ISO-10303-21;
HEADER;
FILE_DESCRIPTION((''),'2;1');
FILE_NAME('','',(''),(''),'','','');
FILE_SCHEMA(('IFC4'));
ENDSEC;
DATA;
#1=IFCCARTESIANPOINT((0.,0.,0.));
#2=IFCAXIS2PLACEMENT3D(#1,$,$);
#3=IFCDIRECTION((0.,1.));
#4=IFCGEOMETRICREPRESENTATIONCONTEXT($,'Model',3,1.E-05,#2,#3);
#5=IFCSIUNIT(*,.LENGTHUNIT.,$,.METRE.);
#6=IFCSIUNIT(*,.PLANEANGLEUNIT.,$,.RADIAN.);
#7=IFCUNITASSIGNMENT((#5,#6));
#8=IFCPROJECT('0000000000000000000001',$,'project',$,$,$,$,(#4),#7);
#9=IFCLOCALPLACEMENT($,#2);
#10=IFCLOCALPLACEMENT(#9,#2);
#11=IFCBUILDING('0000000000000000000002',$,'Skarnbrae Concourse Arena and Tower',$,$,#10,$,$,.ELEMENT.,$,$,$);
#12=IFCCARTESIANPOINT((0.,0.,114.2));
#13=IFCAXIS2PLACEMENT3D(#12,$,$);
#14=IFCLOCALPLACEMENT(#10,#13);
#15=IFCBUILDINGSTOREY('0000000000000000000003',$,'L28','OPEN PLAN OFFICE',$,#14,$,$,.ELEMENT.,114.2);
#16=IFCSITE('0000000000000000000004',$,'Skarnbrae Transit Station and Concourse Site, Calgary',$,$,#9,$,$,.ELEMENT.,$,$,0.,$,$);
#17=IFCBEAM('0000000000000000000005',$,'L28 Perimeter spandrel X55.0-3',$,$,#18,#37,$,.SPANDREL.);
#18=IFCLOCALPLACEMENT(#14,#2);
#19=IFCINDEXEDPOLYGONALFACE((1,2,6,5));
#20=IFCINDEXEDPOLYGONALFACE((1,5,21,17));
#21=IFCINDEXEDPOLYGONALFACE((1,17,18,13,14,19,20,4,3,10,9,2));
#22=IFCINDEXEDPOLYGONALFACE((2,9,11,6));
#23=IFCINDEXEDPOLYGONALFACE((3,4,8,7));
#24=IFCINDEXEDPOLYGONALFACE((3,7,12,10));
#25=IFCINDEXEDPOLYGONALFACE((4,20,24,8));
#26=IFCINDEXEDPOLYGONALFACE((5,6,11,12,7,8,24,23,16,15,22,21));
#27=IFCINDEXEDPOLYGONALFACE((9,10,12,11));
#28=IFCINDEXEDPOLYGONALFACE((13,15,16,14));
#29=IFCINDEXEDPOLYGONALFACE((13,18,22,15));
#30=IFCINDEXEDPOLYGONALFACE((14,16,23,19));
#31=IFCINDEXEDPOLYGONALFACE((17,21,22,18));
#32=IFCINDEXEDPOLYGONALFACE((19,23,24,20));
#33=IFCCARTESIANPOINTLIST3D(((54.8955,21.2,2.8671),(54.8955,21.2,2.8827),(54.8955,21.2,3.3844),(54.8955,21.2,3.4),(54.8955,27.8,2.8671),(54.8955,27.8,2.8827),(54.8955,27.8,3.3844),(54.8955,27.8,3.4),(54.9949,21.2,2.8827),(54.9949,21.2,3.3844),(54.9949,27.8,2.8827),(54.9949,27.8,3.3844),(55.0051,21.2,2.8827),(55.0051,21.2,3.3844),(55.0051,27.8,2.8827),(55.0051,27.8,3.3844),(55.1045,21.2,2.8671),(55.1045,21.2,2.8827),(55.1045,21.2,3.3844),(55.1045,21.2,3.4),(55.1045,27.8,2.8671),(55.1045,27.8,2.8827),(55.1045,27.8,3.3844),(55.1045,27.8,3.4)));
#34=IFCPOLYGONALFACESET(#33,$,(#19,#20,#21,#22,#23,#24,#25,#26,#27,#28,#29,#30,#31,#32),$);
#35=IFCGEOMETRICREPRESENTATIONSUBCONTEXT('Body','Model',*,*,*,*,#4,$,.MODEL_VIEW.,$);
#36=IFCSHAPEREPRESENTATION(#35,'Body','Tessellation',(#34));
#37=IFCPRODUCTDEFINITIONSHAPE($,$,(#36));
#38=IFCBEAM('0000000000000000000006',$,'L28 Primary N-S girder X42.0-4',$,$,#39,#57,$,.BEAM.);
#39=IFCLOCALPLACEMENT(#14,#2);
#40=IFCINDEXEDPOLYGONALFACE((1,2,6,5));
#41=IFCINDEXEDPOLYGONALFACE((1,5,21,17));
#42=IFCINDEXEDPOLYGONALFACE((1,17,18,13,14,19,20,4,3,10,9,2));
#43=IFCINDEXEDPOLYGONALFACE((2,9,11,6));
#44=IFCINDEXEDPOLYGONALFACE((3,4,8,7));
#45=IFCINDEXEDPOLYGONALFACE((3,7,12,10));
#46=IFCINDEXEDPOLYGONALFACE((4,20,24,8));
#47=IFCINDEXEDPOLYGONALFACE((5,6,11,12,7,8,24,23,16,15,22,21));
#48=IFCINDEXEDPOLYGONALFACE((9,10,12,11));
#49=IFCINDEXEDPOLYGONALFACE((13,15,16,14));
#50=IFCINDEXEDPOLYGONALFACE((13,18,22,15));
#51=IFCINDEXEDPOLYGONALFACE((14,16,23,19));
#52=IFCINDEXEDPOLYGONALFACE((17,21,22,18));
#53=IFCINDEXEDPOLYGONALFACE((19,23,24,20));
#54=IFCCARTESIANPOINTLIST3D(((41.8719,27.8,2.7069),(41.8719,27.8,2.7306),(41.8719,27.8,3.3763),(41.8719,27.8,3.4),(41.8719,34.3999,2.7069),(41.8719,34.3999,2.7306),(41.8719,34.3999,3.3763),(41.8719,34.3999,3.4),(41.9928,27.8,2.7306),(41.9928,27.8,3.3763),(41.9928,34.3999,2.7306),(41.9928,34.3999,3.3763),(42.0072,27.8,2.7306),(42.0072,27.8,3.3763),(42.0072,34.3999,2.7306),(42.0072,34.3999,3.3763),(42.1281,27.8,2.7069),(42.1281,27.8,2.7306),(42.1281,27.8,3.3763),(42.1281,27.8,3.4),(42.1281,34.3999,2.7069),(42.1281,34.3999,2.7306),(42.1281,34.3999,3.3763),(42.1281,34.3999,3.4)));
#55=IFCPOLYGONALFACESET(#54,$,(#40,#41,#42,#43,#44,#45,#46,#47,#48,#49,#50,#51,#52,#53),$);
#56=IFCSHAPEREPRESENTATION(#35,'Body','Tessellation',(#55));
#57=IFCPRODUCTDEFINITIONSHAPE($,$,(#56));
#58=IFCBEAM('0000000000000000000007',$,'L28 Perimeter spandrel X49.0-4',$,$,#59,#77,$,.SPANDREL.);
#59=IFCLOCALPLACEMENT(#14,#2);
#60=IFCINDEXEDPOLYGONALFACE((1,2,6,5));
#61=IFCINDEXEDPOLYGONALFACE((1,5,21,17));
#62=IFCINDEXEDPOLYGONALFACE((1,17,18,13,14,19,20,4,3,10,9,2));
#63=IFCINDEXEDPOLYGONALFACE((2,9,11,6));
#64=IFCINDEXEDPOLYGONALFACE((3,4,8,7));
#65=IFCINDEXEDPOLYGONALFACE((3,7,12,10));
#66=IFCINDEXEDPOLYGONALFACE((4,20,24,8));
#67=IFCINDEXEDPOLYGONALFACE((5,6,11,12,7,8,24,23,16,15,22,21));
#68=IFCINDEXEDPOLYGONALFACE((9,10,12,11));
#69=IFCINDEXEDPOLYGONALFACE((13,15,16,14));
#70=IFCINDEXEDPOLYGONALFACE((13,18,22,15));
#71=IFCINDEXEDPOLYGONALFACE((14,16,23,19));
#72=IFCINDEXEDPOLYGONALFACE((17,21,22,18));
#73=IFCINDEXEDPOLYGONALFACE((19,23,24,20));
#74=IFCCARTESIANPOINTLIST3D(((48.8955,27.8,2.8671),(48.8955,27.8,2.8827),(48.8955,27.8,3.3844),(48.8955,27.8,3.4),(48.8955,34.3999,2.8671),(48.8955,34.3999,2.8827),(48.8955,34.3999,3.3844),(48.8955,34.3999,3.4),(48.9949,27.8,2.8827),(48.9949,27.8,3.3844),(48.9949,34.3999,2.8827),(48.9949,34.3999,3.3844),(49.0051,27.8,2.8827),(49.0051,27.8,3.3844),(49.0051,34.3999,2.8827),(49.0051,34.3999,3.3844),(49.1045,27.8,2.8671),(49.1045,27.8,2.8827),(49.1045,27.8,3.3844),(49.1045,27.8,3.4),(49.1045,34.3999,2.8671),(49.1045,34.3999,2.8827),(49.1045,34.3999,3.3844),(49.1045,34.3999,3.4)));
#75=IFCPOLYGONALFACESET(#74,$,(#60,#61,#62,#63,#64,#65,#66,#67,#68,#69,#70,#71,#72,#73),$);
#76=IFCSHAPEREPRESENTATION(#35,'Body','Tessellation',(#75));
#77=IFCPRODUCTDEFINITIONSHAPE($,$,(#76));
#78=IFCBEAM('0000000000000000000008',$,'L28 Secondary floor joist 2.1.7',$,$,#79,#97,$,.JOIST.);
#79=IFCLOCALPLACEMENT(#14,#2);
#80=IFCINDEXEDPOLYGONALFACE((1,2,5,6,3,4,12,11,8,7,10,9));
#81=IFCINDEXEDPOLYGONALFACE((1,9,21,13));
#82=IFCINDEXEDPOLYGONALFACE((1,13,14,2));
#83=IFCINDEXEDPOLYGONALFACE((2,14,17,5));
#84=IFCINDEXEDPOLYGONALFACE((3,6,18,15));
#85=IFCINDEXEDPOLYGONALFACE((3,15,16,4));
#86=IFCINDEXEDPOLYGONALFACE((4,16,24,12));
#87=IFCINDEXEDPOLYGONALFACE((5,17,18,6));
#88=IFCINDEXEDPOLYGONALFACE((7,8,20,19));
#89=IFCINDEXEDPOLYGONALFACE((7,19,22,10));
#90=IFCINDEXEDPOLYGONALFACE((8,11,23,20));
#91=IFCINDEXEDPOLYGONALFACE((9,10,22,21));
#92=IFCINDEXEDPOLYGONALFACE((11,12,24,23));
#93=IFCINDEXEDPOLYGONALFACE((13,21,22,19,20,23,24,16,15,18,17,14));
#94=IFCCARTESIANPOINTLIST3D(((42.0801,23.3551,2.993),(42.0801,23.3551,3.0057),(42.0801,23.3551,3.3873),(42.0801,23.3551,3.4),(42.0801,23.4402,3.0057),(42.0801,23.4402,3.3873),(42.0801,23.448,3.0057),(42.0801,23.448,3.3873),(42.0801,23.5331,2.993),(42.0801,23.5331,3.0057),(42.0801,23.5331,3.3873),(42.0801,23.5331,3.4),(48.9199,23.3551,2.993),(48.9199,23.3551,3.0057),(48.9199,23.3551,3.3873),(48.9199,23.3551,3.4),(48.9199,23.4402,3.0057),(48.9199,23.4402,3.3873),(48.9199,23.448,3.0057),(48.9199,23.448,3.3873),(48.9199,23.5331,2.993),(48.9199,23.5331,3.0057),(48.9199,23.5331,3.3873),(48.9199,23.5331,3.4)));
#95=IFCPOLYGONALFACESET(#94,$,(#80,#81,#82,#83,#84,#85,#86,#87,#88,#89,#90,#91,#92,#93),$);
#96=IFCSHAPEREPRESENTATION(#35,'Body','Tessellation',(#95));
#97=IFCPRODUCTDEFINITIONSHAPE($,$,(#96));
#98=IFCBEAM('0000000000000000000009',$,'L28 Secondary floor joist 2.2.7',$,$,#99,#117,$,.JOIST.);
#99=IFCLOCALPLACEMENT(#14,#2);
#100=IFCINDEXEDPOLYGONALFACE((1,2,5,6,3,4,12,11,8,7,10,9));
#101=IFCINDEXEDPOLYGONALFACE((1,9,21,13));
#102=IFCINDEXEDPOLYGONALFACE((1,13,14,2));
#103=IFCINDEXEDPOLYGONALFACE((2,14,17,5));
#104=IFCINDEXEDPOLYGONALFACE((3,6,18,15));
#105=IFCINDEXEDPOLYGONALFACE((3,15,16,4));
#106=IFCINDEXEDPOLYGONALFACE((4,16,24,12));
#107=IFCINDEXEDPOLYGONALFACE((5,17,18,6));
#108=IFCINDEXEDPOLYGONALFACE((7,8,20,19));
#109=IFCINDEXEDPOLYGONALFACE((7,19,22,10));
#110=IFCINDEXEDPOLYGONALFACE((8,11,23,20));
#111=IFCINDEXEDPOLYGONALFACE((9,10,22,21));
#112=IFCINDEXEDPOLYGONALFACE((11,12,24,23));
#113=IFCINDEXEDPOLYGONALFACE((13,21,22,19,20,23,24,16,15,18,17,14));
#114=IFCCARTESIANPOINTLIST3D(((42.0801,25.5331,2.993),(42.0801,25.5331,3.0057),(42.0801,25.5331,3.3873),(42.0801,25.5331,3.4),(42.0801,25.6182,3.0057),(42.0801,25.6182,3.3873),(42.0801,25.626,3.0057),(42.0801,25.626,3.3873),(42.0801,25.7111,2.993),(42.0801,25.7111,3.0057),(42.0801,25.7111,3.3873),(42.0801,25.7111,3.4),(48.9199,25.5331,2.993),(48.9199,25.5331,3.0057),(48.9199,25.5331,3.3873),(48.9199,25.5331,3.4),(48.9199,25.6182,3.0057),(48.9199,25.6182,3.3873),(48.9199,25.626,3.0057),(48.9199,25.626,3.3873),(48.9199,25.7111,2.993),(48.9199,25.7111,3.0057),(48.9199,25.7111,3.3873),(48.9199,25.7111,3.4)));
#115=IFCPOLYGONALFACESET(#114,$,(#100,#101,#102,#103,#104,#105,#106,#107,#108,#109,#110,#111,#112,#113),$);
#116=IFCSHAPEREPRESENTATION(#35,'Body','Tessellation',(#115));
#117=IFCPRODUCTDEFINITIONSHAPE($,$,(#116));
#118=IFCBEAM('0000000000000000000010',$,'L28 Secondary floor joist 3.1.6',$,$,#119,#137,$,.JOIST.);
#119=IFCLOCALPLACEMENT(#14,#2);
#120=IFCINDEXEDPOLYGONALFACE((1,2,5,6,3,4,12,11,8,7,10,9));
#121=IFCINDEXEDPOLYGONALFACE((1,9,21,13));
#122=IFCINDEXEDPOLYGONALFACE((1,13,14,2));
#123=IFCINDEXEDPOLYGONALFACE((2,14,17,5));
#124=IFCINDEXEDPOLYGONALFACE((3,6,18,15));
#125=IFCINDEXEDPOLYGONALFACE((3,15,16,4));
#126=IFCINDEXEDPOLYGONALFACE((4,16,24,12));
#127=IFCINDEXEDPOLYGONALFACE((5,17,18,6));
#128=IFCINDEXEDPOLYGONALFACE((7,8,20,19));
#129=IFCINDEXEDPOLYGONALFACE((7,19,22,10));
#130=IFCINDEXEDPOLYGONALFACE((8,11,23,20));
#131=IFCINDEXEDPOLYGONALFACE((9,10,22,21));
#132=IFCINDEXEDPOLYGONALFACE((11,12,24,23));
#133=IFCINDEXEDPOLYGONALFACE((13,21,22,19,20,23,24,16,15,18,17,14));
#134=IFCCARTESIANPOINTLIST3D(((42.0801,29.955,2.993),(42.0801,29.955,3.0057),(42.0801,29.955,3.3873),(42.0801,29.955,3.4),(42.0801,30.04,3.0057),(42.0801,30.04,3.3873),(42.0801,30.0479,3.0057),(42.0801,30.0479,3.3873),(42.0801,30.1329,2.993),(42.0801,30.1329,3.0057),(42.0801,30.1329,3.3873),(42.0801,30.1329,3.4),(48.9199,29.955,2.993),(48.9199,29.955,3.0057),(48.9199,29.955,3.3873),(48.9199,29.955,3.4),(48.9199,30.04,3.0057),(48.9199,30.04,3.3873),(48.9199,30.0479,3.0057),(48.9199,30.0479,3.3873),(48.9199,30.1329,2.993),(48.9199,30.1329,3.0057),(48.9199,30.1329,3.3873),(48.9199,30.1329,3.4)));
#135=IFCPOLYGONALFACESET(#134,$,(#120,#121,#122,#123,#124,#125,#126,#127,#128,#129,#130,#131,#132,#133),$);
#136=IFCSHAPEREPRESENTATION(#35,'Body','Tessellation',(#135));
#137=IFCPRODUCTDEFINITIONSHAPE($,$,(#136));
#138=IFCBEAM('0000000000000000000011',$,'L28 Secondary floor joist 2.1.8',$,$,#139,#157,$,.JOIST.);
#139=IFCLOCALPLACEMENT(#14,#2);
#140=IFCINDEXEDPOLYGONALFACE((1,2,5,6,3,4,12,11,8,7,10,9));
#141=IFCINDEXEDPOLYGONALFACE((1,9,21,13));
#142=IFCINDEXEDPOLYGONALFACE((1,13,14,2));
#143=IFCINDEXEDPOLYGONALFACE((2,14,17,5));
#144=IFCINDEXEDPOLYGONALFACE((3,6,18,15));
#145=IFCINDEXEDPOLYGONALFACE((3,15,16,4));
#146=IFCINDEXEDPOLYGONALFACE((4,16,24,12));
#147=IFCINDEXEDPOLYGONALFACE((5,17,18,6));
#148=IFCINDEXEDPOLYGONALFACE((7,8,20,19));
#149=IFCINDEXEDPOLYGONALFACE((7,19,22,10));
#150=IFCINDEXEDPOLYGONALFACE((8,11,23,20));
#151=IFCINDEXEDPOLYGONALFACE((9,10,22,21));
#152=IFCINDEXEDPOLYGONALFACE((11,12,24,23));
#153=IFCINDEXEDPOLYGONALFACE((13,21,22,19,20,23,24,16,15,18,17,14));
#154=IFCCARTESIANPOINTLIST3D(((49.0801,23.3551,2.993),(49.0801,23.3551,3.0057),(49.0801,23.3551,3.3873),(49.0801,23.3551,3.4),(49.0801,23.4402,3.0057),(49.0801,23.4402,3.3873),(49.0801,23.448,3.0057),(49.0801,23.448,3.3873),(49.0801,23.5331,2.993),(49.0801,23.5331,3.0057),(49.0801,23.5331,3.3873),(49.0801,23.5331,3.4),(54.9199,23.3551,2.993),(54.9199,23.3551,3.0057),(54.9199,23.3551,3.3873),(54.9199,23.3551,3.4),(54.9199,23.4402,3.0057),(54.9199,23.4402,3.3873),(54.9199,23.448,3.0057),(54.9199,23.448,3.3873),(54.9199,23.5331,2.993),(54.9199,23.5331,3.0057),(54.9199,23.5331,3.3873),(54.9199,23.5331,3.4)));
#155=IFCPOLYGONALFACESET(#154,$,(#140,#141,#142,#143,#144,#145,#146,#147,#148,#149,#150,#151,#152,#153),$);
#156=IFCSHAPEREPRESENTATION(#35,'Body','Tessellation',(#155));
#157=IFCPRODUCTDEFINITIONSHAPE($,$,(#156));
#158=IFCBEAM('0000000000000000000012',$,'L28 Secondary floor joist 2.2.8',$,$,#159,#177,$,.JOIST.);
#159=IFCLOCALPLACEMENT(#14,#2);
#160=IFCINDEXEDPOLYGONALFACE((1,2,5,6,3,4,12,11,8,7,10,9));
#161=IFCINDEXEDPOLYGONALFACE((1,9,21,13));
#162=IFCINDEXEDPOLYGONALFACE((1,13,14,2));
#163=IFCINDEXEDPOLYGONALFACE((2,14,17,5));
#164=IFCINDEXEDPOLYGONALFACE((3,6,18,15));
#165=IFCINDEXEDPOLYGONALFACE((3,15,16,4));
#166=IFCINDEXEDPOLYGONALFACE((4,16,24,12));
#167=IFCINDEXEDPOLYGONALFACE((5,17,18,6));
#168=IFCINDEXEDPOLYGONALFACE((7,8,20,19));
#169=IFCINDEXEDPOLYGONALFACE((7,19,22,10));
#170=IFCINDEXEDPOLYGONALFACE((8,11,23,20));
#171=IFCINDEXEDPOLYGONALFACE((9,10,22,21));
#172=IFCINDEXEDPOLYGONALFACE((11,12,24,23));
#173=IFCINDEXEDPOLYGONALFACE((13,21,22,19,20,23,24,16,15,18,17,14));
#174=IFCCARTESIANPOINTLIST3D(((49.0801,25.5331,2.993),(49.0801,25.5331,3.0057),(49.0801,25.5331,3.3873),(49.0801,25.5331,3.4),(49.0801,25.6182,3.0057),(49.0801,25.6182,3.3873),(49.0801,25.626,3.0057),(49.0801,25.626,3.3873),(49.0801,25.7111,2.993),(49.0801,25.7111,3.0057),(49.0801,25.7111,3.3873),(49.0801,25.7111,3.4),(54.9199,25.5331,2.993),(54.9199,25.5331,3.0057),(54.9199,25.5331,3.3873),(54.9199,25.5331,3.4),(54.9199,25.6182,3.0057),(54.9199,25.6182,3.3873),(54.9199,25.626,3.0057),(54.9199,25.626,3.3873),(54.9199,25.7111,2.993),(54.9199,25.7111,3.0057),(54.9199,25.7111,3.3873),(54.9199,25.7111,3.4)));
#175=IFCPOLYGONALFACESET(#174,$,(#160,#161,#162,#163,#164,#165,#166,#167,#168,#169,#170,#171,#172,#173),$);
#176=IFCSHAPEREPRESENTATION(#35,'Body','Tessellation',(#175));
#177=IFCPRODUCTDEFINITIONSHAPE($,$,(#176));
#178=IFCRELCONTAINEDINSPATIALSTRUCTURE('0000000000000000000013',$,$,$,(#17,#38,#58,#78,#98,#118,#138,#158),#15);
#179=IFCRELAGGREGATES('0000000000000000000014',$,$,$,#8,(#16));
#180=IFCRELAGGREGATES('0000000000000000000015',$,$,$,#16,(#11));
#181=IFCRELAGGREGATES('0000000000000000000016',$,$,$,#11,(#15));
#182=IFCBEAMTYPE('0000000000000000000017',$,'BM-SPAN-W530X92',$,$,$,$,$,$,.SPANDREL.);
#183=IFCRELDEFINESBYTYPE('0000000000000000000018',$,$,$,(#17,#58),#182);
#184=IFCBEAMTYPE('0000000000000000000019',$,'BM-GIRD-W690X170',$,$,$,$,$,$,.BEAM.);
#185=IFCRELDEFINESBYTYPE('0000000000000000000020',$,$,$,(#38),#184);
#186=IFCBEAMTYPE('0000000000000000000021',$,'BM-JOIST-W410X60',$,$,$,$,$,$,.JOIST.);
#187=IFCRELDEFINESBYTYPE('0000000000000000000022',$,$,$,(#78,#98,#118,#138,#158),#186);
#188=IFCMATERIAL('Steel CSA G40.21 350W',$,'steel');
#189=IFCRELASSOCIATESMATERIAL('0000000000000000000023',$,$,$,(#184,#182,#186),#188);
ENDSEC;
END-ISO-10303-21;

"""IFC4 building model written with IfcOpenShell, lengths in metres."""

from ifc_helpers import new_model, si_unit, direction, frame, origin, origin_2d, place, context, subcontext, project, spatial, i_section, extrude, source, transform, mapped, material, material_profile, profile_set, type_object, element, save


model = new_model("IFC4")

# Units and contexts
model_context = context("Model", 3, precision=1e-05, world=origin(), true_north=direction((0.0, 1.0)))
body_context = subcontext(model_context, "Body", "Model", "MODEL_VIEW")
ifc_project = project(units=[si_unit("LENGTHUNIT", "METRE"), si_unit("PLANEANGLEUNIT", "RADIAN")], contexts=[model_context])

# Site, building, storey
site_placement = place(None, origin())
site = spatial("IfcSite", under=ifc_project, at=site_placement, Name="Skarnbrae Transit Station and Concourse Site, Calgary", CompositionType="ELEMENT", RefElevation=0.0)
building_placement = place(site_placement, origin())
building = spatial("IfcBuilding", under=site, at=building_placement, Name="Skarnbrae Concourse Arena and Tower", CompositionType="ELEMENT")
storey_placement = place(building_placement, frame((0.0, 0.0, 114.2)))
storey = spatial("IfcBuildingStorey", under=building, at=storey_placement, Name="L28", Description="OPEN PLAN OFFICE", CompositionType="ELEMENT", Elevation=114.2)

# Shared definitions
ifc_material_1 = material(Name="Steel CSA G40.21 350W", Category="steel")

# Beams
ifc_material_profile_1 = material_profile(ifc_material_1, i_section(OverallWidth=0.2561, OverallDepth=0.6931, WebThickness=0.0144, FlangeThickness=0.0237, at=origin_2d()), Name="W690X170")
ifc_profile_set_1 = profile_set([ifc_material_profile_1], Name="Steel CSA G40.21 350W")
beam_type_1 = type_object("IfcBeamType", Name="BM-GIRD-W690X170", PredefinedType="BEAM", material=ifc_profile_set_1)
ifc_material_profile_2 = material_profile(ifc_material_1, i_section(OverallWidth=0.209, OverallDepth=0.533, WebThickness=0.0103, FlangeThickness=0.0156, at=origin_2d()), Name="W530X92")
ifc_profile_set_2 = profile_set([ifc_material_profile_2], Name="Steel CSA G40.21 350W")
beam_type_2 = type_object("IfcBeamType", Name="BM-SPAN-W530X92", PredefinedType="SPANDREL", material=ifc_profile_set_2)
shared_shape_1 = source(origin(), body_context, "Body", "SweptSolid", [
    extrude(i_section(OverallWidth=0.209, OverallDepth=0.533, WebThickness=0.0103, FlangeThickness=0.0156, at=origin_2d()), origin(), (0.0, 0.0, 1.0), 6.6001),
])
for number, where, z_axis, x_axis, name in (
    (1, (55.0, 21.2, 3.1335), (0.0, 1.0, 0.0), (-1.0, 0.0, 0.0), "L28 Perimeter spandrel X55.0-3"),
):
    element("IfcBeam", number, at=place(storey_placement, frame(where, z_axis=z_axis, x_axis=x_axis)), inside=storey, type_object=beam_type_2, Name=name, PredefinedType="SPANDREL", context=body_context, shape_type="MappedRepresentation", body=[
        mapped(shared_shape_1, transform((0.0, 0.0, 0.0))),
    ])
shared_shape_2 = source(origin(), body_context, "Body", "SweptSolid", [
    extrude(i_section(OverallWidth=0.2561, OverallDepth=0.6931, WebThickness=0.0144, FlangeThickness=0.0237, at=origin_2d()), origin(), (0.0, 0.0, 1.0), 6.5999),
])
beam_1_placement = place(storey_placement, frame((42.0, 27.8, 3.0535), z_axis=(0.0, 1.0, 0.0), x_axis=(-1.0, 0.0, 0.0)))
element("IfcBeam", 2, at=beam_1_placement, inside=storey, type_object=beam_type_1, Name="L28 Primary N-S girder X42.0-4", PredefinedType="BEAM", context=body_context, shape_type="MappedRepresentation", body=[
    mapped(shared_shape_2, transform((0.0, 0.0, 0.0))),
])
shared_shape_3 = source(origin(), body_context, "Body", "SweptSolid", [
    extrude(i_section(OverallWidth=0.209, OverallDepth=0.533, WebThickness=0.0103, FlangeThickness=0.0156, at=origin_2d()), origin(), (0.0, 0.0, 1.0), 6.5999),
])
beam_2_placement = place(storey_placement, frame((49.0, 27.8, 3.1335), z_axis=(0.0, 1.0, 0.0), x_axis=(-1.0, 0.0, 0.0)))
element("IfcBeam", 3, at=beam_2_placement, inside=storey, type_object=beam_type_2, Name="L28 Perimeter spandrel X49.0-4", PredefinedType="SPANDREL", context=body_context, shape_type="MappedRepresentation", body=[
    mapped(shared_shape_3, transform((0.0, 0.0, 0.0))),
])
ifc_material_profile_3 = material_profile(ifc_material_1, i_section(OverallWidth=0.178, OverallDepth=0.407, WebThickness=0.0078, FlangeThickness=0.0127, at=origin_2d()), Name="W410X60")
ifc_profile_set_3 = profile_set([ifc_material_profile_3], Name="Steel CSA G40.21 350W")
beam_type_3 = type_object("IfcBeamType", Name="BM-JOIST-W410X60", PredefinedType="JOIST", material=ifc_profile_set_3)
shared_shape_4 = source(origin(), body_context, "Body", "SweptSolid", [
    extrude(i_section(OverallWidth=0.178, OverallDepth=0.407, WebThickness=0.0078, FlangeThickness=0.0127, at=origin_2d()), origin(), (0.0, 0.0, 1.0), 6.8398),
])
for number, where, z_axis, x_axis, name in (
    (4, (42.0801, 23.4441, 3.1965), (1.0, 0.0, 0.0), (0.0, 1.0, 0.0), "L28 Secondary floor joist 2.1.7"),
    (5, (42.0801, 25.6221, 3.1965), (1.0, 0.0, 0.0), (0.0, 1.0, 0.0), "L28 Secondary floor joist 2.2.7"),
    (6, (42.0801, 30.0439, 3.1965), (1.0, 0.0, 0.0), (0.0, 1.0, 0.0), "L28 Secondary floor joist 3.1.6"),
):
    element("IfcBeam", number, at=place(storey_placement, frame(where, z_axis=z_axis, x_axis=x_axis)), inside=storey, type_object=beam_type_3, Name=name, PredefinedType="JOIST", context=body_context, shape_type="MappedRepresentation", body=[
        mapped(shared_shape_4, transform((0.0, 0.0, 0.0))),
    ])
shared_shape_5 = source(origin(), body_context, "Body", "SweptSolid", [
    extrude(i_section(OverallWidth=0.178, OverallDepth=0.407, WebThickness=0.0078, FlangeThickness=0.0127, at=origin_2d()), origin(), (0.0, 0.0, 1.0), 5.8398),
])
for number, where, z_axis, x_axis, name in (
    (7, (49.0801, 23.4441, 3.1965), (1.0, 0.0, 0.0), (0.0, 1.0, 0.0), "L28 Secondary floor joist 2.1.8"),
    (8, (49.0801, 25.6221, 3.1965), (1.0, 0.0, 0.0), (0.0, 1.0, 0.0), "L28 Secondary floor joist 2.2.8"),
):
    element("IfcBeam", number, at=place(storey_placement, frame(where, z_axis=z_axis, x_axis=x_axis)), inside=storey, type_object=beam_type_3, Name=name, PredefinedType="JOIST", context=body_context, shape_type="MappedRepresentation", body=[
        mapped(shared_shape_5, transform((0.0, 0.0, 0.0))),
    ])

save(model, "model.ifc")
